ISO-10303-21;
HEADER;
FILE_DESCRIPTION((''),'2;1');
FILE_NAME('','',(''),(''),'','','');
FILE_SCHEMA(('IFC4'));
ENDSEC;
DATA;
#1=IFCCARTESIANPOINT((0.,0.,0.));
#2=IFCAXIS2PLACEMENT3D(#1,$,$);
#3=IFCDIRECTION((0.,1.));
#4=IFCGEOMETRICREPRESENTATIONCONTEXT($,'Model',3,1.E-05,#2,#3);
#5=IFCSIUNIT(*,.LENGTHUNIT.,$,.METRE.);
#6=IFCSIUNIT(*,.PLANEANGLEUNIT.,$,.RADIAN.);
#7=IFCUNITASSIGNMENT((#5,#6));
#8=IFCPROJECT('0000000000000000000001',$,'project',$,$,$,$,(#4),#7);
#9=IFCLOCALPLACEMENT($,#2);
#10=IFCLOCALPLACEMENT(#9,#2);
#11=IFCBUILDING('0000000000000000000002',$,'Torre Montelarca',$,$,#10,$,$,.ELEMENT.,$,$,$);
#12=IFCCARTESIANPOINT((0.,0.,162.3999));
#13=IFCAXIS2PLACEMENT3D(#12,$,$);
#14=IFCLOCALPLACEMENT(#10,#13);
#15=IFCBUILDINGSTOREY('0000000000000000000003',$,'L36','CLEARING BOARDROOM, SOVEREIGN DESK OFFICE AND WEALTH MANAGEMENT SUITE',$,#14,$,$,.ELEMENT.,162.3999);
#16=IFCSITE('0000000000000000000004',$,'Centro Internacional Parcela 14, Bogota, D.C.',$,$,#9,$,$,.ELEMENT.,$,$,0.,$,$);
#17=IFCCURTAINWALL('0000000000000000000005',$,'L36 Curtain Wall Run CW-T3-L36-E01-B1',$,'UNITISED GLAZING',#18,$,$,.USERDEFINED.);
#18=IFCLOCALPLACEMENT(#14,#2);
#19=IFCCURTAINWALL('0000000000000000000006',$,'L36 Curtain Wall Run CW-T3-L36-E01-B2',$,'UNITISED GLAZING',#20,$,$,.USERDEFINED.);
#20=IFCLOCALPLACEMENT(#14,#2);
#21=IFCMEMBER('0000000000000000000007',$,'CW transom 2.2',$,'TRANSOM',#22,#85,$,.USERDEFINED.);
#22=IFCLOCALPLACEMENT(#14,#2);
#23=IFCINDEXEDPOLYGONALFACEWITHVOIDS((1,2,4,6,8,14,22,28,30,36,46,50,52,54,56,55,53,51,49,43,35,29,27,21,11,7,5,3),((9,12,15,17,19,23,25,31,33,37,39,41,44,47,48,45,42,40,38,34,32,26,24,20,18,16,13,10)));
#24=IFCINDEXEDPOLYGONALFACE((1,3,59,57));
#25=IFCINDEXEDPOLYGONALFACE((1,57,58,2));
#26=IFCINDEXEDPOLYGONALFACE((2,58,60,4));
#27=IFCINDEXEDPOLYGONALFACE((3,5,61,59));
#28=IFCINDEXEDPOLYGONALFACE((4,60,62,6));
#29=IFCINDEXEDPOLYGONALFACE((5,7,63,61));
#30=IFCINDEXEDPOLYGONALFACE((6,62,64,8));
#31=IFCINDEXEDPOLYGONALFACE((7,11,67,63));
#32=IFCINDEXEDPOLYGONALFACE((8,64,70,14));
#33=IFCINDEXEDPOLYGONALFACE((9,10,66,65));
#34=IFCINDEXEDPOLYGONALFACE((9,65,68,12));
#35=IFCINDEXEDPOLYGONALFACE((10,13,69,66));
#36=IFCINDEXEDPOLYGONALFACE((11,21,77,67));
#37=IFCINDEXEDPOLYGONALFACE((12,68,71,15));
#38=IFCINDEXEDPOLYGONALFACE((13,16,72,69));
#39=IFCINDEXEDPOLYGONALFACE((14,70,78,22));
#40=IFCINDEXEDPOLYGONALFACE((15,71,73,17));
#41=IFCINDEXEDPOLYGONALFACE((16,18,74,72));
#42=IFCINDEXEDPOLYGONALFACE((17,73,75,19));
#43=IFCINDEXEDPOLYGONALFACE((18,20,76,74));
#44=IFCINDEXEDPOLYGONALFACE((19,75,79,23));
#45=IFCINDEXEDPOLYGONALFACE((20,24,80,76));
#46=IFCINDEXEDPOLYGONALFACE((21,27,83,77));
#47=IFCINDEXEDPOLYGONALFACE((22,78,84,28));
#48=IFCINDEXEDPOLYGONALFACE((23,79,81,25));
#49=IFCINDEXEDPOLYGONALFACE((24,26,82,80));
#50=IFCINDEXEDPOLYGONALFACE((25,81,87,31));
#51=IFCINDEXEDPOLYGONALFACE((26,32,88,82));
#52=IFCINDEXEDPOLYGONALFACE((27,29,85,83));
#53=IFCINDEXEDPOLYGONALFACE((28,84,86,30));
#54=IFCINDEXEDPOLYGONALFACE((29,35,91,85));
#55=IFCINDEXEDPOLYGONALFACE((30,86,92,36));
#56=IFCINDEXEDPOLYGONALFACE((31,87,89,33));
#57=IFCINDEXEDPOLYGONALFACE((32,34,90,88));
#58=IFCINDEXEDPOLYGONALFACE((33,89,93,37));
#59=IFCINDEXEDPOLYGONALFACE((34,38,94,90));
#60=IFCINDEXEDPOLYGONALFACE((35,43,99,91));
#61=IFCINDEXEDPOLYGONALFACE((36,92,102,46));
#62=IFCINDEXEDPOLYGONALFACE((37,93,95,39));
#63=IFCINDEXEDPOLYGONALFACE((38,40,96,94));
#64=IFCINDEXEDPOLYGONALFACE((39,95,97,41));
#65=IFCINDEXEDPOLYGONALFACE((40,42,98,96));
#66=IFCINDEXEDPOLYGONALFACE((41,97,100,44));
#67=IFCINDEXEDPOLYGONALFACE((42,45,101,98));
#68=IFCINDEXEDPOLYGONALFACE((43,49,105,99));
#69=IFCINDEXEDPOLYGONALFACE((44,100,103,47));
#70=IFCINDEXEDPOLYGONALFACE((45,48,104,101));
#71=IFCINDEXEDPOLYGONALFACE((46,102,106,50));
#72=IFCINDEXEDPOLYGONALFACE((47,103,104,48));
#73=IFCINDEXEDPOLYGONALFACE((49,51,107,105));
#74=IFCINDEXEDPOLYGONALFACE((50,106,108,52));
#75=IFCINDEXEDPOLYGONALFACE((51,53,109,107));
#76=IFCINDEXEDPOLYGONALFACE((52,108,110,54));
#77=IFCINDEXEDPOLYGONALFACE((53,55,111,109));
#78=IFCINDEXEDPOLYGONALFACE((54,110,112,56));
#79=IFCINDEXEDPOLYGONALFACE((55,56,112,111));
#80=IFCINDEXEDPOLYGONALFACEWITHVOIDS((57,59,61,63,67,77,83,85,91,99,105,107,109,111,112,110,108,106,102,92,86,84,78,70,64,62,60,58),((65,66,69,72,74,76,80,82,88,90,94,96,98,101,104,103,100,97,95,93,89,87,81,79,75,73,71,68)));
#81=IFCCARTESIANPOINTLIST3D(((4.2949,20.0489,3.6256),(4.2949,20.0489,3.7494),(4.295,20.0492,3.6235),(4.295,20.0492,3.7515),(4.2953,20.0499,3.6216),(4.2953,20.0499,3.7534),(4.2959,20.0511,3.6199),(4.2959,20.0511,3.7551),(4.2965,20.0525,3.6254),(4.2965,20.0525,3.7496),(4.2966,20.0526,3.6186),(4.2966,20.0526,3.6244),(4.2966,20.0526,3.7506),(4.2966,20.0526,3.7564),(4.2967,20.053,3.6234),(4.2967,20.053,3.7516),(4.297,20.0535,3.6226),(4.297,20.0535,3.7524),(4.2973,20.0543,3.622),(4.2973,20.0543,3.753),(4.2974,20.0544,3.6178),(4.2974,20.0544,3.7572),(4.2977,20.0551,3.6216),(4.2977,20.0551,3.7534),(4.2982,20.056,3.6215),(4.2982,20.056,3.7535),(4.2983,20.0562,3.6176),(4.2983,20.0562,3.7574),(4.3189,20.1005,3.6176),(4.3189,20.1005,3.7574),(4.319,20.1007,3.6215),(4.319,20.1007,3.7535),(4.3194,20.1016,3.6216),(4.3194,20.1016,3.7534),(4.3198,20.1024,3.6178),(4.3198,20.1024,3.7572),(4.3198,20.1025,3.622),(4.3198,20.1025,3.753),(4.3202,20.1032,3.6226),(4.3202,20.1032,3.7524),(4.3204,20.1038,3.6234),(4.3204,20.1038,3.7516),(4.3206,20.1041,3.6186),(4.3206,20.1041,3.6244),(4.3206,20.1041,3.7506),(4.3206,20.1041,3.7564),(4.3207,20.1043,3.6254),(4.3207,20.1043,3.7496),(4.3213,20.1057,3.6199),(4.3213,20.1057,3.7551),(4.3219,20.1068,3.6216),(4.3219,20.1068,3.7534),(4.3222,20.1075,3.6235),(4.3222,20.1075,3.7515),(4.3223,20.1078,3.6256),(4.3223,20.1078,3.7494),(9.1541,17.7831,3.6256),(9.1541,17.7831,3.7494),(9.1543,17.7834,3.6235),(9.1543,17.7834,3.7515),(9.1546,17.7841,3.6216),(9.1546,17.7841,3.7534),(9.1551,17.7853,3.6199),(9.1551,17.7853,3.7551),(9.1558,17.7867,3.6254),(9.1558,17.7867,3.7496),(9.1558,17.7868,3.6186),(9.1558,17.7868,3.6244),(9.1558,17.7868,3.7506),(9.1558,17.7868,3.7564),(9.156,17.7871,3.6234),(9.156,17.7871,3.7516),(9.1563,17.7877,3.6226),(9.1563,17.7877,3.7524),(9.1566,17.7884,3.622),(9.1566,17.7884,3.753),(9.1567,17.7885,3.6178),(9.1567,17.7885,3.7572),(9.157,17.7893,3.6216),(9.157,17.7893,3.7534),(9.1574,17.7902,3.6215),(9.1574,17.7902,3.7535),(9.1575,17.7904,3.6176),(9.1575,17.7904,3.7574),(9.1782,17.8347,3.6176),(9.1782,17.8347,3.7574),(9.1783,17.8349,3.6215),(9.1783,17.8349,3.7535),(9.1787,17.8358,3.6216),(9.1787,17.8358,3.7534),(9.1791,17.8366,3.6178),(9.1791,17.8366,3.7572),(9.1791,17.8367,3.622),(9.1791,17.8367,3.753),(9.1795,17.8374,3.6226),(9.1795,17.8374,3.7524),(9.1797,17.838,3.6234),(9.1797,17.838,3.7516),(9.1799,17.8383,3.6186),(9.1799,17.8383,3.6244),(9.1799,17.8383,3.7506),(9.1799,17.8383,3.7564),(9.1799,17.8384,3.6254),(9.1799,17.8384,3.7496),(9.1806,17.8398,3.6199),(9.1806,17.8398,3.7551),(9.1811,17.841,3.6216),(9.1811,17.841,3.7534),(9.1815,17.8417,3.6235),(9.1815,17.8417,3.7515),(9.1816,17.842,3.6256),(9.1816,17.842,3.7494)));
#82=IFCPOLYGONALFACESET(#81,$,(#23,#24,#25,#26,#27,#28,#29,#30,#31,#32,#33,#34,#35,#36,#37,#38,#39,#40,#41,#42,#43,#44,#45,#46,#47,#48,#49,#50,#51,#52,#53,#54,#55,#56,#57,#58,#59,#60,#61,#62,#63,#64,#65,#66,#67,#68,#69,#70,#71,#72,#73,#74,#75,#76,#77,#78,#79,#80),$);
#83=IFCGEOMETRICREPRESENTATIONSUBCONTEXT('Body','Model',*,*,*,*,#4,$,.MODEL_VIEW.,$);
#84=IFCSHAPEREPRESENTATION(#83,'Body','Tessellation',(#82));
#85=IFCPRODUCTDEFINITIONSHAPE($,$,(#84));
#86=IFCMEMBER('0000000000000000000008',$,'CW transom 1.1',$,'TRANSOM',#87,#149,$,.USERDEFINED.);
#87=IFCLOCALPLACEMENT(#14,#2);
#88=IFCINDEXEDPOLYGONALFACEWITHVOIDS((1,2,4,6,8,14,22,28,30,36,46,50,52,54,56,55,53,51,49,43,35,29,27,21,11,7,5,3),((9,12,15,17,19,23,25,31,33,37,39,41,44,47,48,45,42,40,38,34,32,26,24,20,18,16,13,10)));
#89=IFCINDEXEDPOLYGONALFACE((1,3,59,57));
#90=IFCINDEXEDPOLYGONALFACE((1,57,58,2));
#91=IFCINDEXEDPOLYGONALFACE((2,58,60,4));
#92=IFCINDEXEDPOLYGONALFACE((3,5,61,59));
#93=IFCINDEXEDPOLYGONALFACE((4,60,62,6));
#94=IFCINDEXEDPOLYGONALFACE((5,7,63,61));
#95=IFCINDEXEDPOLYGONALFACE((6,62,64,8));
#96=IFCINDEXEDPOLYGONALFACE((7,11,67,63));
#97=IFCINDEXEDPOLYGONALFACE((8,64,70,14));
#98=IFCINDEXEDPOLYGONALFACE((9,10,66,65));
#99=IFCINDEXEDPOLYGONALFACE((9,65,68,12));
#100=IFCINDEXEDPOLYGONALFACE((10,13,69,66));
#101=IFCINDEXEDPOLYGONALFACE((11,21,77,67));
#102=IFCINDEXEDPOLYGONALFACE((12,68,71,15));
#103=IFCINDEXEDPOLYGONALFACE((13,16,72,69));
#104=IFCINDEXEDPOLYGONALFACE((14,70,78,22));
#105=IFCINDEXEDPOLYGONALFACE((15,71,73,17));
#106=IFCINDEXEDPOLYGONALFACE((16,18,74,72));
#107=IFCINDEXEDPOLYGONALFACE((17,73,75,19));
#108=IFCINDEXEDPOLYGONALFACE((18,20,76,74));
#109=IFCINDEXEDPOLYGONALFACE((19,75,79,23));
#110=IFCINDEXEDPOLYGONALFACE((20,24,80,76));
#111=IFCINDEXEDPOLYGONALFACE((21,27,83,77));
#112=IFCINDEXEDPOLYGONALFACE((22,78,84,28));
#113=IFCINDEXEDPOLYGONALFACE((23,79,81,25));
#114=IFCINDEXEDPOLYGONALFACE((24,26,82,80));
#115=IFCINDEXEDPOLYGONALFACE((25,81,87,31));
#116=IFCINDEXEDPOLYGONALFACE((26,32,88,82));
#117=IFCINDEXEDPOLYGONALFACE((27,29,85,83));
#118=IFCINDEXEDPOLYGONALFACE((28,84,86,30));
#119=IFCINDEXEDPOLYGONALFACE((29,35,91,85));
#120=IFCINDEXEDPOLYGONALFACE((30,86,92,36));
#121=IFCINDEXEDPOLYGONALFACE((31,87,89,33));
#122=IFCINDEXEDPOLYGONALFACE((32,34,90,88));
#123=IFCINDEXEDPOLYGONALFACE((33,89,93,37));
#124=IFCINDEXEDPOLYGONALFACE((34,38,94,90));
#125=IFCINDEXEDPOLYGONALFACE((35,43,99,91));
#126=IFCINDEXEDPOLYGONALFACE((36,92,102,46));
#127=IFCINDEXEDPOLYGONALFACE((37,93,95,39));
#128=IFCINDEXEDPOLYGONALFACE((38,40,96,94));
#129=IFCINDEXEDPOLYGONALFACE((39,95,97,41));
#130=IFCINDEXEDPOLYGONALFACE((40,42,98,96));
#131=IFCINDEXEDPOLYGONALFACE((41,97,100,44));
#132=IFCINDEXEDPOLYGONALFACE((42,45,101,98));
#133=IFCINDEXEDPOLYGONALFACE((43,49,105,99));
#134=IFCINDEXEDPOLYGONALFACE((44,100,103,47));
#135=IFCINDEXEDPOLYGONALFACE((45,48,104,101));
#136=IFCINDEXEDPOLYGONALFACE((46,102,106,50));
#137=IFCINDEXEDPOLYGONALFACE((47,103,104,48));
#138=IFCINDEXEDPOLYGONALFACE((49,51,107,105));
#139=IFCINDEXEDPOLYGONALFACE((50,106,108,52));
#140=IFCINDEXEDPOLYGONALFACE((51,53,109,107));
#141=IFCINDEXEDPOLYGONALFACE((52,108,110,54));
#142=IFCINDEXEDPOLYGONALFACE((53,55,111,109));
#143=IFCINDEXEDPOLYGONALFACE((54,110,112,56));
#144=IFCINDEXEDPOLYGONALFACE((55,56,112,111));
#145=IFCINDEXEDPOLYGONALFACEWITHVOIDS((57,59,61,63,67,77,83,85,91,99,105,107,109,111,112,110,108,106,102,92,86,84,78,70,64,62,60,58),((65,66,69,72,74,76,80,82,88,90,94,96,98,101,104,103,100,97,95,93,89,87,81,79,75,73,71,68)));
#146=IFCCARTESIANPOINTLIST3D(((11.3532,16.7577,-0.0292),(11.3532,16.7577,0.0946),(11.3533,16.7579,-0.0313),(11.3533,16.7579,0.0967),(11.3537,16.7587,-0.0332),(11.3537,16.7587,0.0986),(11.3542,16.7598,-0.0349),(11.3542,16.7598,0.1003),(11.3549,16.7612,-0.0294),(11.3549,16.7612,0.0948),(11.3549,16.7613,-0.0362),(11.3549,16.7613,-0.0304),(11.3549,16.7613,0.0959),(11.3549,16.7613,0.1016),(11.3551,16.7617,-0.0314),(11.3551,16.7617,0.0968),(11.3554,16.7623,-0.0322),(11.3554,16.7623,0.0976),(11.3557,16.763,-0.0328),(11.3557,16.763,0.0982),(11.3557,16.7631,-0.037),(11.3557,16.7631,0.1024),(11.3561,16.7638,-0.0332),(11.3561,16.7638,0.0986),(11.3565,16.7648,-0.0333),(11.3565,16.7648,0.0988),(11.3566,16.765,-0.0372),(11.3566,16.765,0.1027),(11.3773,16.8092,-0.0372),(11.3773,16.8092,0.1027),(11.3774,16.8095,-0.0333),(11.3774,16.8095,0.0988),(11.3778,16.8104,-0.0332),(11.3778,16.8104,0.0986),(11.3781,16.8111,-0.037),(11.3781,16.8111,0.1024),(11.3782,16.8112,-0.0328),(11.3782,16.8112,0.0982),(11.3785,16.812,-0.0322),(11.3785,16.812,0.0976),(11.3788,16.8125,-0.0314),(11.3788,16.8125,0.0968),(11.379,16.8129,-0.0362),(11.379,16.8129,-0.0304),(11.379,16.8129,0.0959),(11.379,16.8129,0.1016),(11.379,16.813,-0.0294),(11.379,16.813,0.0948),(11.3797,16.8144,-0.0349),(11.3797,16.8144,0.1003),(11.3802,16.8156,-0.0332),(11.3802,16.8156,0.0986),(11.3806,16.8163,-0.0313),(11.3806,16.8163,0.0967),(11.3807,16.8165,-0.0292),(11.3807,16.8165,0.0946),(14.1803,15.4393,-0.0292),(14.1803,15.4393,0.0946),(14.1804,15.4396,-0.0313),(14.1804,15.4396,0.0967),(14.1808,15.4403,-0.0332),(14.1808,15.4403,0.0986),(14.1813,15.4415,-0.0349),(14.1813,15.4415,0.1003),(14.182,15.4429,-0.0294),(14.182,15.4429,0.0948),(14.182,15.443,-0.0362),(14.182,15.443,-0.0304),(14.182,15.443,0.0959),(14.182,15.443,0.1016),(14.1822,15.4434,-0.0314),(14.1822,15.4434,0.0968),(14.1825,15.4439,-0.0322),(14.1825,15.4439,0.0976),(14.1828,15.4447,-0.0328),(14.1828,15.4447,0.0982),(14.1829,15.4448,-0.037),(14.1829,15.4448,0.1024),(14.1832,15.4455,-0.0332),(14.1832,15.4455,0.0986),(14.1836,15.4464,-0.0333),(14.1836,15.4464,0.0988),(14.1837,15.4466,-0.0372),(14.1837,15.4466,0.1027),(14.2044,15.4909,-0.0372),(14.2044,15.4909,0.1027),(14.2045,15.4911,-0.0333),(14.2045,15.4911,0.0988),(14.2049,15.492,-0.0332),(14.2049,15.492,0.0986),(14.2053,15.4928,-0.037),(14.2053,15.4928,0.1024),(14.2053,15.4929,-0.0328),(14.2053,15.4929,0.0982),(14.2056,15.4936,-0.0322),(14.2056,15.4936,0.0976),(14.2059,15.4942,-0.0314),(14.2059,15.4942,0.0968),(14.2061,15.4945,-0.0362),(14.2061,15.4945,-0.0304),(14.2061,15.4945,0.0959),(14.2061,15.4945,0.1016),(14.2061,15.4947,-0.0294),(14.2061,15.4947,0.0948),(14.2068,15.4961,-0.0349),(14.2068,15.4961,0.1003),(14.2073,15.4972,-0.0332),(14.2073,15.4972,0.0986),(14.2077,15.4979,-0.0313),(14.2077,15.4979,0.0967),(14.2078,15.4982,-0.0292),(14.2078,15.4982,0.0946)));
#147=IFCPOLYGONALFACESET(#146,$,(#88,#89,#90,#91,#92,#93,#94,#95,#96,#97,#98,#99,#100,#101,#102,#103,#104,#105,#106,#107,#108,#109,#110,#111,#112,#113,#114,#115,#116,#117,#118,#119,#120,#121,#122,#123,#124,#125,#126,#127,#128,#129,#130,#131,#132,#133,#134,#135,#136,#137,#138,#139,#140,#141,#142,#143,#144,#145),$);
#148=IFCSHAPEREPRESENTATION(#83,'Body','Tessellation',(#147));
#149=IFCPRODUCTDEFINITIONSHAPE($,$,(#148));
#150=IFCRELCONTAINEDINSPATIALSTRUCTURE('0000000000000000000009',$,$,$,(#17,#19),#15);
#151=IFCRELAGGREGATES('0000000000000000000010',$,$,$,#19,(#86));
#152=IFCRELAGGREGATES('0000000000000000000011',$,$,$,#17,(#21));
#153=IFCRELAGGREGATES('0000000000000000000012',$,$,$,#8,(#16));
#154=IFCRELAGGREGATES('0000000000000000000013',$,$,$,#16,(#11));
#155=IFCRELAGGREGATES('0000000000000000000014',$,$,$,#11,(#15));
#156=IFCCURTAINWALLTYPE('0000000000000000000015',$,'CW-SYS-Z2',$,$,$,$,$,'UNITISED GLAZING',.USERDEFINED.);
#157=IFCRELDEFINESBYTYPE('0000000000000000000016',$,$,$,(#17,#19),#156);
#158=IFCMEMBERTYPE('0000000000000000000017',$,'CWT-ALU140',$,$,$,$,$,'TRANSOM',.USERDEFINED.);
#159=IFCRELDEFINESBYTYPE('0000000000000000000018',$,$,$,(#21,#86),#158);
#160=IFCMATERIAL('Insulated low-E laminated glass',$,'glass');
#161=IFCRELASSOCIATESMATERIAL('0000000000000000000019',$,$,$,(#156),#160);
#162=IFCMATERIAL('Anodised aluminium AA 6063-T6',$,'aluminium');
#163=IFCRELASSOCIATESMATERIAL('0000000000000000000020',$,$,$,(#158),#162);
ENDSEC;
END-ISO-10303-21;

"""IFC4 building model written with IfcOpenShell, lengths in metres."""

from ifc_helpers import new_model, si_unit, direction, frame, origin, origin_2d, place, context, subcontext, project, spatial, hollow_rectangle, extrude, source, transform, mapped, material, material_profile, profile_set, type_object, element, aggregate, save


model = new_model("IFC4")

# Units and contexts
model_context = context("Model", 3, precision=1e-05, world=origin(), true_north=direction((0.0, 1.0)))
body_context = subcontext(model_context, "Body", "Model", "MODEL_VIEW")
ifc_project = project(units=[si_unit("LENGTHUNIT", "METRE"), si_unit("PLANEANGLEUNIT", "RADIAN")], contexts=[model_context])

# Site, building, storey
site_placement = place(None, origin())
site = spatial("IfcSite", under=ifc_project, at=site_placement, Name="Centro Internacional Parcela 14, Bogota, D.C.", CompositionType="ELEMENT", RefElevation=0.0)
building_placement = place(site_placement, origin())
building = spatial("IfcBuilding", under=site, at=building_placement, Name="Torre Montelarca", CompositionType="ELEMENT")
storey_placement = place(building_placement, frame((0.0, 0.0, 162.3999)))
storey = spatial("IfcBuildingStorey", under=building, at=storey_placement, Name="L36", Description="CLEARING BOARDROOM, SOVEREIGN DESK OFFICE AND WEALTH MANAGEMENT SUITE", CompositionType="ELEMENT", Elevation=162.3999)

# Curtain walls
ifc_material_1 = material(Name="Insulated low-E laminated glass", Category="glass")
curtain_wall_type = type_object("IfcCurtainWallType", Name="CW-SYS-Z2", ElementType="UNITISED GLAZING", PredefinedType="USERDEFINED", material=ifc_material_1)
curtain_wall_1_placement = place(storey_placement, origin())
curtain_wall_1 = element("IfcCurtainWall", 1, at=curtain_wall_1_placement, inside=storey, type_object=curtain_wall_type, Name="L36 Curtain Wall Run CW-T3-L36-E01-B1", ObjectType="UNITISED GLAZING", PredefinedType="USERDEFINED")
ifc_material_2 = material(Name="Anodised aluminium AA 6063-T6", Category="aluminium")
curtain_wall_2_placement = place(storey_placement, origin())
curtain_wall_2 = element("IfcCurtainWall", 2, at=curtain_wall_2_placement, inside=storey, type_object=curtain_wall_type, Name="L36 Curtain Wall Run CW-T3-L36-E01-B2", ObjectType="UNITISED GLAZING", PredefinedType="USERDEFINED")

# Members
ifc_material_profile_1 = material_profile(ifc_material_2, hollow_rectangle(XDim=0.0649, YDim=0.1399, WallThickness=0.0039, InnerFilletRadius=0.0039, OuterFilletRadius=0.0081, at=origin_2d()), Name="ALU65X140X4", Category="aluminium")
ifc_profile_set_1 = profile_set([ifc_material_profile_1], Name="Anodised aluminium AA 6063-T6")
member_type_1 = type_object("IfcMemberType", Name="CWT-ALU140", ElementType="TRANSOM", PredefinedType="USERDEFINED", material=ifc_profile_set_1)
shared_shape_1 = source(origin(), body_context, "Body", "SweptSolid", [
    extrude(hollow_rectangle(XDim=0.0649, YDim=0.1399, WallThickness=0.0039, InnerFilletRadius=0.0039, OuterFilletRadius=0.0081, at=origin_2d()), origin(), (0.0, 0.0, 1.0), 5.3616),
])
member_1_placement = place(storey_placement, frame((4.3086, 20.0784, 3.6875), z_axis=(0.906315, -0.422604, 0.0), x_axis=(0.422604, 0.906315, 0.0)))
member_1 = element("IfcMember", 3, at=member_1_placement, type_object=member_type_1, Name="CW transom 2.2", ObjectType="TRANSOM", PredefinedType="USERDEFINED", context=body_context, shape_type="MappedRepresentation", body=[
    mapped(shared_shape_1, transform((0.0, 0.0, 0.0), scale=1.0)),
])
shared_shape_2 = source(origin(), body_context, "Body", "SweptSolid", [
    extrude(hollow_rectangle(XDim=0.0649, YDim=0.1399, WallThickness=0.0039, InnerFilletRadius=0.0039, OuterFilletRadius=0.0081, at=origin_2d()), origin(), (0.0, 0.0, 1.0), 3.1194),
])
member_2_placement = place(storey_placement, frame((11.3669, 16.7871, 0.0327), z_axis=(0.906303, -0.422628, 0.0), x_axis=(0.422628, 0.906303, 0.0)))
member_2 = element("IfcMember", 4, at=member_2_placement, type_object=member_type_1, Name="CW transom 1.1", ObjectType="TRANSOM", PredefinedType="USERDEFINED", context=body_context, shape_type="MappedRepresentation", body=[
    mapped(shared_shape_2, transform((0.0, 0.0, 0.0), scale=1.0)),
])

aggregate(curtain_wall_2, [member_2])
aggregate(curtain_wall_1, [member_1])

save(model, "model.ifc")
